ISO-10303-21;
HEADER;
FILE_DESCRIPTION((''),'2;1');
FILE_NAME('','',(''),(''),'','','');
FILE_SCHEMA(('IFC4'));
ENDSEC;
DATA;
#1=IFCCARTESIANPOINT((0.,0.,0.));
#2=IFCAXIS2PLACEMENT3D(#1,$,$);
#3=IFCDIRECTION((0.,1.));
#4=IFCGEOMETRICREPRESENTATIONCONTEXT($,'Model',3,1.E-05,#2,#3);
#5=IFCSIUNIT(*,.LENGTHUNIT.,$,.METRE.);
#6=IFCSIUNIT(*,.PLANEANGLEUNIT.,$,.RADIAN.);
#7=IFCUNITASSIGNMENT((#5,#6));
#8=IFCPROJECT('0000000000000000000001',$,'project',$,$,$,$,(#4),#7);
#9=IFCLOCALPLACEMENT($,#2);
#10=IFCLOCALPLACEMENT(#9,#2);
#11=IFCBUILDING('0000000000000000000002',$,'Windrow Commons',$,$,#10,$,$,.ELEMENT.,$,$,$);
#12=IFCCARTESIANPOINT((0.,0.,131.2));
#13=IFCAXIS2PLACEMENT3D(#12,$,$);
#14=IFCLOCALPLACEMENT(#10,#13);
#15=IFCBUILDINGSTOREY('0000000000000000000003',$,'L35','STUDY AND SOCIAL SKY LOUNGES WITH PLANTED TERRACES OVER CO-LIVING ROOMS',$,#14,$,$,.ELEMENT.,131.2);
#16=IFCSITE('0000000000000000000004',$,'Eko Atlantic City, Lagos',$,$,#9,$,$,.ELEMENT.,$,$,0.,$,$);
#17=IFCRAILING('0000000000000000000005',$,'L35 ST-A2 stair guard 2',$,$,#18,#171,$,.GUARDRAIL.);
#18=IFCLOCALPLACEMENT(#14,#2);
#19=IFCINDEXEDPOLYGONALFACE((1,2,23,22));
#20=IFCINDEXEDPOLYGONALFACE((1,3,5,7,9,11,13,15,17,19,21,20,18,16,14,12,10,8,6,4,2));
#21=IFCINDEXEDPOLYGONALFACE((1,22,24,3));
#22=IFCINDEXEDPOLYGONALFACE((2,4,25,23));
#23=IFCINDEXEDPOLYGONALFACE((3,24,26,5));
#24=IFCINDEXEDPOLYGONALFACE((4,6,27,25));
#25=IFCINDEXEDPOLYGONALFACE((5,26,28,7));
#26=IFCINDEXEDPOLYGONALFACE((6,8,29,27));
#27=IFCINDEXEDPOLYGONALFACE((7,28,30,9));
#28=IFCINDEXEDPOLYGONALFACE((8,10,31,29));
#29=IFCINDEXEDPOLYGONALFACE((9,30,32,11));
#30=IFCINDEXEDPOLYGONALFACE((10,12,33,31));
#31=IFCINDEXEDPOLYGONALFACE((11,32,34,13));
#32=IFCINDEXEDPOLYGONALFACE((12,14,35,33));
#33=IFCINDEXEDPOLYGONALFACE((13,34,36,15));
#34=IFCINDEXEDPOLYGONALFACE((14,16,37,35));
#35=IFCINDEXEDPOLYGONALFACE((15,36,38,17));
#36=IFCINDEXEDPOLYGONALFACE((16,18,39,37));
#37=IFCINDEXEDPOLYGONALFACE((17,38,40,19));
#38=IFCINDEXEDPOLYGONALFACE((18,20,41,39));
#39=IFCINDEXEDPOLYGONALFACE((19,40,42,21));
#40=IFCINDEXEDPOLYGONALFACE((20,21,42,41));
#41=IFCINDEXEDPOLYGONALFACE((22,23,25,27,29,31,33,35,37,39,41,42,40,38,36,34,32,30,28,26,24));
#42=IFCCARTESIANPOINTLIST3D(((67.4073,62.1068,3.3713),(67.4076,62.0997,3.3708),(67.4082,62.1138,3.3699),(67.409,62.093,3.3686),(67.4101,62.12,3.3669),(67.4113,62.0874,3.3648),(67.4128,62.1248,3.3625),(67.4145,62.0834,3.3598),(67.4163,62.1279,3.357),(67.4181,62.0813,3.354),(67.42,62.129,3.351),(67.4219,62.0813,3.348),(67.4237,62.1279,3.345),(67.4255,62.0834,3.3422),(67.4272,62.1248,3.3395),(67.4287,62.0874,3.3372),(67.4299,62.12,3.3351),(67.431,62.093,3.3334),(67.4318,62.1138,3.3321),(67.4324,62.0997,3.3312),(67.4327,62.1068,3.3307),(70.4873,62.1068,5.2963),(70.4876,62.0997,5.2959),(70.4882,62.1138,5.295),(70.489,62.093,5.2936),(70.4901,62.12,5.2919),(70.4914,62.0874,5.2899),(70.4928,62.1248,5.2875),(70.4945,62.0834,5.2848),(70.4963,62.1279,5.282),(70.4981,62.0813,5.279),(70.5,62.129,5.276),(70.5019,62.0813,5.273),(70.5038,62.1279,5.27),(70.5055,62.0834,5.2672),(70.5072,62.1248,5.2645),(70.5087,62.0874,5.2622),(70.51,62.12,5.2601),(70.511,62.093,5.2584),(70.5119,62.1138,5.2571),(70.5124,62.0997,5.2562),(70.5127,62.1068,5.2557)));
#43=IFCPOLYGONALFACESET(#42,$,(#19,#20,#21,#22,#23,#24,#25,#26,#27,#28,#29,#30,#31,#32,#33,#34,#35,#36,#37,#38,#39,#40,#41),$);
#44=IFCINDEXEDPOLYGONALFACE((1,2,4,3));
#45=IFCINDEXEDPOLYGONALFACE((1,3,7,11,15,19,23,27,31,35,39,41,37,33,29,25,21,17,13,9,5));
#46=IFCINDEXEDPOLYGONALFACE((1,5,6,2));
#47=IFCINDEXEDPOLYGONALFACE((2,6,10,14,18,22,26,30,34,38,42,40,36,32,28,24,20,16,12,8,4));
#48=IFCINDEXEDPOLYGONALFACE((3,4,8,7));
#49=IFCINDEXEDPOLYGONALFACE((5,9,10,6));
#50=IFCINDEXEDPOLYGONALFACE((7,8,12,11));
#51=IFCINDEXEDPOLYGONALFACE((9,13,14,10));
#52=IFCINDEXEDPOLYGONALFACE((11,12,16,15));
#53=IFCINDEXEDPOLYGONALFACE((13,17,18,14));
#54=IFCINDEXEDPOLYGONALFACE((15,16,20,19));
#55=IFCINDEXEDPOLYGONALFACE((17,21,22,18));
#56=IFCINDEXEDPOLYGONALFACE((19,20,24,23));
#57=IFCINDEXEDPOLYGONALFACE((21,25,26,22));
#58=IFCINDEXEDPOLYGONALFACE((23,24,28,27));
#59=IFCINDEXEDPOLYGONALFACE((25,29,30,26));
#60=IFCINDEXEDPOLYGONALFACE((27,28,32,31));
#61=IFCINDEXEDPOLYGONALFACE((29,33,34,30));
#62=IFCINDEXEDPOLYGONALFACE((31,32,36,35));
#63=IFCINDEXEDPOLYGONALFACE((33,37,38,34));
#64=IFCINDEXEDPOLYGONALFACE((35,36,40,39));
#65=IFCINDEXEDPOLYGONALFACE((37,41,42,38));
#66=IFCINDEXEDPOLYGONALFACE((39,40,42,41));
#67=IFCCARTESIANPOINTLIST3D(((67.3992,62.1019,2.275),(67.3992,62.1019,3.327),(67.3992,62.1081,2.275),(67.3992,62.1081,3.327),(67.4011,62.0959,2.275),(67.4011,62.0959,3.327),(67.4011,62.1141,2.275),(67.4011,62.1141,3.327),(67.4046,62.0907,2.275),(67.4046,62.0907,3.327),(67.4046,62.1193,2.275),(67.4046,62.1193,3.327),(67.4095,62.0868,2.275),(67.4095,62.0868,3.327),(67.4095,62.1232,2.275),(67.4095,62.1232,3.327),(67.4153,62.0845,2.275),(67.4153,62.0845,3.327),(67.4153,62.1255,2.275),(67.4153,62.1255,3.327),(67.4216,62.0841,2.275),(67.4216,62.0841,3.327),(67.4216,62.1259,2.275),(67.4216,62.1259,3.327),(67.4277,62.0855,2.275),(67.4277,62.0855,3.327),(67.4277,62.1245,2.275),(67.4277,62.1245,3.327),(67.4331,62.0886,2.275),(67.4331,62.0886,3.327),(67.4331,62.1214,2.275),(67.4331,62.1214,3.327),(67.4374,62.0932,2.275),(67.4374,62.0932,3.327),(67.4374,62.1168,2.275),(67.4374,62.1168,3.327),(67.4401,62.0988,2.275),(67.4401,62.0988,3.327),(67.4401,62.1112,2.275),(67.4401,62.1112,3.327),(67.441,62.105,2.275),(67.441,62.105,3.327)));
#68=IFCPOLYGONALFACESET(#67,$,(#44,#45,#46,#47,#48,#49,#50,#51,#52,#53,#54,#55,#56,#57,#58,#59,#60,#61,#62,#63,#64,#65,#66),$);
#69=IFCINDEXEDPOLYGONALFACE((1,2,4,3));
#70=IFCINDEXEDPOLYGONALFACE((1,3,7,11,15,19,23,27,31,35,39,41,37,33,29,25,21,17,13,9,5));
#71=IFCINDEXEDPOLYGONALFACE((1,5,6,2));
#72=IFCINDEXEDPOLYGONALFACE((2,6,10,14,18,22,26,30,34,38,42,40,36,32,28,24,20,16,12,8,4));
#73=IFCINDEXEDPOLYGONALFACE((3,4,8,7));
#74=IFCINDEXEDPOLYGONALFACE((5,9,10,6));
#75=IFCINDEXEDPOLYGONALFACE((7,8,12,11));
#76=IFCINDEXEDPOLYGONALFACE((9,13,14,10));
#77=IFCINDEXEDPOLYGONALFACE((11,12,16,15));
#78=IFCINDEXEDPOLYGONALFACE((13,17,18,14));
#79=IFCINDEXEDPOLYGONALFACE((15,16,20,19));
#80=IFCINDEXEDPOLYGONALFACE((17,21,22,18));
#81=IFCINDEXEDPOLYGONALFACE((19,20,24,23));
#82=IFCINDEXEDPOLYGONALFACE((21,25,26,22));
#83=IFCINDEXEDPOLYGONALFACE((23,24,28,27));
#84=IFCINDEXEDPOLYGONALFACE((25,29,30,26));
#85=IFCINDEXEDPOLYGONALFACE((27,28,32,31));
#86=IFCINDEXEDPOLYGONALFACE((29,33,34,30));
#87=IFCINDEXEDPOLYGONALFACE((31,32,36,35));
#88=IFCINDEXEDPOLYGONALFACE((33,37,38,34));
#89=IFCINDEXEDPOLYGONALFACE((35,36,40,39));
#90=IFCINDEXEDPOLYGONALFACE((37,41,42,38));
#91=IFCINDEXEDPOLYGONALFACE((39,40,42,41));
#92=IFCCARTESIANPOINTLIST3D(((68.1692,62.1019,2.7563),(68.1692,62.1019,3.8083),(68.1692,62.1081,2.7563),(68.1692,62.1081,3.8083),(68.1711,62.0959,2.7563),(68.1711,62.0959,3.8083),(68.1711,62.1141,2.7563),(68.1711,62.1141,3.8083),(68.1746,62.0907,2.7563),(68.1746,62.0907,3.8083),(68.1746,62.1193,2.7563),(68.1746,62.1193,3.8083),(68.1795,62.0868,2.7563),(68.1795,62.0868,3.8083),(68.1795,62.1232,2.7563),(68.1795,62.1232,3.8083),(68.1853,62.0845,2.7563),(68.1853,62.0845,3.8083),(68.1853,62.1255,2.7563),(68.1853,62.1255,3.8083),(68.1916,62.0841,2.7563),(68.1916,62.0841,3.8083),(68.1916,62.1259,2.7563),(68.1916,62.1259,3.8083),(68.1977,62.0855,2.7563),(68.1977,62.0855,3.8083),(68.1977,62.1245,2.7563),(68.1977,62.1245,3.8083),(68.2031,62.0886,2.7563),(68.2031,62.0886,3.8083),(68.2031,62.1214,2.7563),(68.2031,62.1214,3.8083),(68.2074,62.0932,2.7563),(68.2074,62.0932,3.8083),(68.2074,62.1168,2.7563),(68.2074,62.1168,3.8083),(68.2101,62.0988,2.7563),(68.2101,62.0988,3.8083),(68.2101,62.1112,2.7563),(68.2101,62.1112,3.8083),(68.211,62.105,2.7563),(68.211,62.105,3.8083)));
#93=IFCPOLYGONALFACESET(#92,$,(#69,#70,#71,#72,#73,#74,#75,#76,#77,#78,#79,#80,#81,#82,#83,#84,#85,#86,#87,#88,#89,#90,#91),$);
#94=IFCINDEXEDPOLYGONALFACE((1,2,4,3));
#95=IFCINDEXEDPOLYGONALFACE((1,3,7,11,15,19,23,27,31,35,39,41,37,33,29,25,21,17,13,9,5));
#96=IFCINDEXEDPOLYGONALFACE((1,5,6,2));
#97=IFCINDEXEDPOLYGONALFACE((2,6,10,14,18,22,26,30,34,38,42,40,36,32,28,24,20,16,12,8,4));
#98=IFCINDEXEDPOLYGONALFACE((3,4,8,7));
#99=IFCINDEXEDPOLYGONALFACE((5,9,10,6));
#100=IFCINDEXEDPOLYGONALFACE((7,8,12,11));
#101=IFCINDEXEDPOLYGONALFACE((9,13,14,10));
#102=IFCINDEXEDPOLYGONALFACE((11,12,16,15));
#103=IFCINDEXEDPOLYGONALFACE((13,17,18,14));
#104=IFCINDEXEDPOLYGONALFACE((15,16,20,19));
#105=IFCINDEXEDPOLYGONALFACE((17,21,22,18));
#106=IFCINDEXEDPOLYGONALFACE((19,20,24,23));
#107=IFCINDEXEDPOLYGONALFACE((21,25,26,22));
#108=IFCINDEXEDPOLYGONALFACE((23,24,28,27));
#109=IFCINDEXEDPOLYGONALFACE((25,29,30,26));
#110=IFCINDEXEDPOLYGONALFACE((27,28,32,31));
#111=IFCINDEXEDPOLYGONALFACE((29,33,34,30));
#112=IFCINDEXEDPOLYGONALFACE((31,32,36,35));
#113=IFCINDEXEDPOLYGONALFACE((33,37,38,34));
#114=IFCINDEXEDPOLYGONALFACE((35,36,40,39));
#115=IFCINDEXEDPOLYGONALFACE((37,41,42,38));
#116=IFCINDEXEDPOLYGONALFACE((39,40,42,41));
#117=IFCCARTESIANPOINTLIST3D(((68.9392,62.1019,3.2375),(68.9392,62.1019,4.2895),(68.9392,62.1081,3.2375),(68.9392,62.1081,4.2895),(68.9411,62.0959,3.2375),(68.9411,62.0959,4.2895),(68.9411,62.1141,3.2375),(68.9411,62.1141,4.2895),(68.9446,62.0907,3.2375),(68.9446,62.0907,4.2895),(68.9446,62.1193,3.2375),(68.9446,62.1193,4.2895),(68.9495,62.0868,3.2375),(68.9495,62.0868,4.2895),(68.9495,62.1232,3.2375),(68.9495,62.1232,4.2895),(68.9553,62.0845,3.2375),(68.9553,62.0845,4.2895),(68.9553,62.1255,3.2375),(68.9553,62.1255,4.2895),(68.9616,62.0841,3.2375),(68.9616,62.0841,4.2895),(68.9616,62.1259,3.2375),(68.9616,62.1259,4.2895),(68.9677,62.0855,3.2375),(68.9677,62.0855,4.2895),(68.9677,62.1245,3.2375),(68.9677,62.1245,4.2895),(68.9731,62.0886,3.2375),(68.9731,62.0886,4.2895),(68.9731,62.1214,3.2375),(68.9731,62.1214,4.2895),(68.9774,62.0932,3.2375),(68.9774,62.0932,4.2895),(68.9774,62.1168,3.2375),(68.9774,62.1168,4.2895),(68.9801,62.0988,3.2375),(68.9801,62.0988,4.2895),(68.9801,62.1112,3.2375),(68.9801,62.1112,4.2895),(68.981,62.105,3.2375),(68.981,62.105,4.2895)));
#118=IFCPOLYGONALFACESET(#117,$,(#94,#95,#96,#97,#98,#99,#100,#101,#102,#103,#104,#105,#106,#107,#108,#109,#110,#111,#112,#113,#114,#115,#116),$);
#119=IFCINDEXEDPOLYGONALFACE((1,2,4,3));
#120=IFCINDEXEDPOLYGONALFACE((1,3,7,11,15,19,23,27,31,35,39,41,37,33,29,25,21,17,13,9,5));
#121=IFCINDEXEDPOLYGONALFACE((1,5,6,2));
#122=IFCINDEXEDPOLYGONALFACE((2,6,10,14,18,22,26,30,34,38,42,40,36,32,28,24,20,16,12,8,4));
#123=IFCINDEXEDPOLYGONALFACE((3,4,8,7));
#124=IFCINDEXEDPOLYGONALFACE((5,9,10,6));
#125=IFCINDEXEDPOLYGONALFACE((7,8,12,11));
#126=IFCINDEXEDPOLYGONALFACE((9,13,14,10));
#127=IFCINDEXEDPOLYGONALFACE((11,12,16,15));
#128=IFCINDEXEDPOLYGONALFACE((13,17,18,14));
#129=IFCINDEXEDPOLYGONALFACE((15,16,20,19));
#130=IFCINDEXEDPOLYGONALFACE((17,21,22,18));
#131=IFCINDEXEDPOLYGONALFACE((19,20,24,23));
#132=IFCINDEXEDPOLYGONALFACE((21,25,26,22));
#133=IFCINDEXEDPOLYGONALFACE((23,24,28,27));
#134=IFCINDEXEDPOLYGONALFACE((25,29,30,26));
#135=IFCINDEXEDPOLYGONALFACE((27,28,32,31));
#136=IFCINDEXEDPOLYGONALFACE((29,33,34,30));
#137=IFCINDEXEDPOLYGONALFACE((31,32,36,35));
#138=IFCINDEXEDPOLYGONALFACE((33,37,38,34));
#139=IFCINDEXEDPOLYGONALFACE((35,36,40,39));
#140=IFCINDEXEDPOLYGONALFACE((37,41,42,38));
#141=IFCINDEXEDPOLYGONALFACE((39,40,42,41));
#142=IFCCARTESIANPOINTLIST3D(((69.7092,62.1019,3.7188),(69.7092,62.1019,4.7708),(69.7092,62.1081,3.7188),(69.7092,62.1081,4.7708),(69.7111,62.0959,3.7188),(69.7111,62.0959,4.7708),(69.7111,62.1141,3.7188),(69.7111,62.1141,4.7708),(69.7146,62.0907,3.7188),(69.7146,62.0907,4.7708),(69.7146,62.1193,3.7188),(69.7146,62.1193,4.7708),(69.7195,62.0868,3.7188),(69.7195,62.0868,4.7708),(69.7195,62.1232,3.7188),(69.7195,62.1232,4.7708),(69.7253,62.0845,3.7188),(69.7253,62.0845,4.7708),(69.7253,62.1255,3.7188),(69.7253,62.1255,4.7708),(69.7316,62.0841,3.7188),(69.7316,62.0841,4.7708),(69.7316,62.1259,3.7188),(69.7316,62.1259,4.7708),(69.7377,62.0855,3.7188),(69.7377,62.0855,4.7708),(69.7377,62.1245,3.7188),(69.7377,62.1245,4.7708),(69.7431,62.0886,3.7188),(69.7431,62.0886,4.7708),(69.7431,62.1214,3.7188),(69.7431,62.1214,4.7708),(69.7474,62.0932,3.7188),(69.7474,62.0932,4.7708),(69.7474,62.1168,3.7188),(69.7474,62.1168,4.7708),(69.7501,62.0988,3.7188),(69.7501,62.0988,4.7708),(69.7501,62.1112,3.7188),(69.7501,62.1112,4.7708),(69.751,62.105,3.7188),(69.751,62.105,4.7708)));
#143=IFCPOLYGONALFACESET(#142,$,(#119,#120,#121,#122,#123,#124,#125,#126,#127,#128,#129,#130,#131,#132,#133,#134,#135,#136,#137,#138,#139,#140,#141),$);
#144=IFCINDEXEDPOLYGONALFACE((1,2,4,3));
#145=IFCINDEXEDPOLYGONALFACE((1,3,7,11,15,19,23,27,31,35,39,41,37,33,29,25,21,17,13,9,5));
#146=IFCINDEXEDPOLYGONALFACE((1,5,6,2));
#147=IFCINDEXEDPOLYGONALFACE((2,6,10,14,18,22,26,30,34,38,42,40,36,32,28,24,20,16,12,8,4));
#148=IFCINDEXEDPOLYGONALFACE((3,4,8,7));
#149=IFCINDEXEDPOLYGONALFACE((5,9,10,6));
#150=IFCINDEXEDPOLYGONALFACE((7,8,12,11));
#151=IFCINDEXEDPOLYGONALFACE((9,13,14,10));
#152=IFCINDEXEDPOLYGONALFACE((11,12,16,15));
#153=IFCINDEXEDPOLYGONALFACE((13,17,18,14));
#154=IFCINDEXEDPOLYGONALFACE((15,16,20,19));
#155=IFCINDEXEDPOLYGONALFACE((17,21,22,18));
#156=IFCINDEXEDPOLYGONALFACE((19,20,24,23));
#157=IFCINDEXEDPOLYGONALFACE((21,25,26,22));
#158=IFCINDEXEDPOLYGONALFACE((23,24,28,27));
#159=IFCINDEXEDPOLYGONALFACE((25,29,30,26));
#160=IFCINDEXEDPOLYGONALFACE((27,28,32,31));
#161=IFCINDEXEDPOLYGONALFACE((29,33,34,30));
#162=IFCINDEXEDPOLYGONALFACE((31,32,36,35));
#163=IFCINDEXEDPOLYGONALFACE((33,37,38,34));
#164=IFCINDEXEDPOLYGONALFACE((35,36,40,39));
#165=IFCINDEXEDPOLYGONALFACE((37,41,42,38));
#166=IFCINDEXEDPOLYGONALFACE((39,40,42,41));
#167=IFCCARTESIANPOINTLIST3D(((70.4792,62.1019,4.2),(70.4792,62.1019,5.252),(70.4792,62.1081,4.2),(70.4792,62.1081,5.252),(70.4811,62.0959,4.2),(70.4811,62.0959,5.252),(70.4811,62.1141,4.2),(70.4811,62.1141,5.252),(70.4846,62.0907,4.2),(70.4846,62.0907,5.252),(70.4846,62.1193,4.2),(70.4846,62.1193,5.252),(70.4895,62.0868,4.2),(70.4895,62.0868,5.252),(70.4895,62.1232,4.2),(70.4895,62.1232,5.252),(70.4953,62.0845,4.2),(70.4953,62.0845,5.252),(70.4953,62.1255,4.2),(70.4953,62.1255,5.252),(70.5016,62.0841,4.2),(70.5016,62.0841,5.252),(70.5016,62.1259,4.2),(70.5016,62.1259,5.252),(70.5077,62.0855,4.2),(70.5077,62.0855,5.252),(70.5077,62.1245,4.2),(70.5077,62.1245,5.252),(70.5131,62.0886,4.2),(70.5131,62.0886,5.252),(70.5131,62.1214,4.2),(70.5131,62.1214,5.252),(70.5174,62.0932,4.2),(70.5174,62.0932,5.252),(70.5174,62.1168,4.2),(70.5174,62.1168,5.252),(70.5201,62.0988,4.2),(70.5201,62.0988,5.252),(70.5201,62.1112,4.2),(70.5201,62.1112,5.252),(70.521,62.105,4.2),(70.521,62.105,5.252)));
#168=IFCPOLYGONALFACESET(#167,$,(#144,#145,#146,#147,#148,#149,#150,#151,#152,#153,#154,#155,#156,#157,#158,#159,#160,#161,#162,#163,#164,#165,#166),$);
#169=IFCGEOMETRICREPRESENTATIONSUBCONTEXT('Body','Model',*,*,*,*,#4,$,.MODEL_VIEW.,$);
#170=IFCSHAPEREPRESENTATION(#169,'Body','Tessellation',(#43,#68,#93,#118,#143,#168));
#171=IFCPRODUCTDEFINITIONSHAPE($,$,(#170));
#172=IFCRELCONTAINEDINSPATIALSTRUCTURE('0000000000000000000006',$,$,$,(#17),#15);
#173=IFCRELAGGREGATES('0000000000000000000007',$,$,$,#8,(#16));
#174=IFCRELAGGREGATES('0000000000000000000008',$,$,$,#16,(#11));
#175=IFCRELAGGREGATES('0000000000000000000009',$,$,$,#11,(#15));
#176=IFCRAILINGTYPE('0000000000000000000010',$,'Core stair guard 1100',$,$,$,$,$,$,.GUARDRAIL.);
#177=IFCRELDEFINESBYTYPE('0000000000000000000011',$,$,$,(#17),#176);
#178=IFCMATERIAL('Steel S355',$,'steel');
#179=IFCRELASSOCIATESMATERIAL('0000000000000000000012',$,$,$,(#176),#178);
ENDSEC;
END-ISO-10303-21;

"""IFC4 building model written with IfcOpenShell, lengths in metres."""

from ifc_helpers import new_model, si_unit, direction, frame, origin, origin_2d, place, context, subcontext, project, spatial, circle, extrude, material, type_object, element, save


model = new_model("IFC4")

# Units and contexts
model_context = context("Model", 3, precision=1e-05, world=origin(), true_north=direction((0.0, 1.0)))
body_context = subcontext(model_context, "Body", "Model", "MODEL_VIEW")
ifc_project = project(units=[si_unit("LENGTHUNIT", "METRE"), si_unit("PLANEANGLEUNIT", "RADIAN")], contexts=[model_context])

# Site, building, storey
site_placement = place(None, origin())
site = spatial("IfcSite", under=ifc_project, at=site_placement, Name="Eko Atlantic City, Lagos", CompositionType="ELEMENT", RefElevation=0.0)
building_placement = place(site_placement, origin())
building = spatial("IfcBuilding", under=site, at=building_placement, Name="Windrow Commons", CompositionType="ELEMENT")
storey_placement = place(building_placement, frame((0.0, 0.0, 131.2)))
storey = spatial("IfcBuildingStorey", under=building, at=storey_placement, Name="L35", Description="STUDY AND SOCIAL SKY LOUNGES WITH PLANTED TERRACES OVER CO-LIVING ROOMS", CompositionType="ELEMENT", Elevation=131.2)

# Railing
ifc_material_1 = material(Name="Steel S355", Category="steel")
railing_type_1 = type_object("IfcRailingType", Name="Core stair guard 1100", PredefinedType="GUARDRAIL", material=ifc_material_1)
railing_1_placement = place(storey_placement, frame((67.42, 62.105, 2.275)))
element("IfcRailing", 1, at=railing_1_placement, inside=storey, type_object=railing_type_1, Name="L35 ST-A2 stair guard 2", PredefinedType="GUARDRAIL", context=body_context, shape_type="SweptSolid", body=[
    extrude(circle(Radius=0.024, at=origin_2d()), frame((0.0, 0.0, 1.076), z_axis=(0.847998, 0.0, 0.529999), x_axis=(0.0, 1.0, 0.0)), (0.0, 0.0, 1.0), 3.6321),
    extrude(circle(Radius=0.021, at=origin_2d()), origin(), (0.0, 0.0, 1.0), 1.052),
    extrude(circle(Radius=0.021, at=origin_2d()), frame((0.77, 0.0, 0.4813)), (0.0, 0.0, 1.0), 1.052),
    extrude(circle(Radius=0.021, at=origin_2d()), frame((1.54, 0.0, 0.9625)), (0.0, 0.0, 1.0), 1.052),
    extrude(circle(Radius=0.021, at=origin_2d()), frame((2.31, 0.0, 1.4438)), (0.0, 0.0, 1.0), 1.052),
    extrude(circle(Radius=0.021, at=origin_2d()), frame((3.08, 0.0, 1.925)), (0.0, 0.0, 1.0), 1.052),
])

save(model, "model.ifc")
